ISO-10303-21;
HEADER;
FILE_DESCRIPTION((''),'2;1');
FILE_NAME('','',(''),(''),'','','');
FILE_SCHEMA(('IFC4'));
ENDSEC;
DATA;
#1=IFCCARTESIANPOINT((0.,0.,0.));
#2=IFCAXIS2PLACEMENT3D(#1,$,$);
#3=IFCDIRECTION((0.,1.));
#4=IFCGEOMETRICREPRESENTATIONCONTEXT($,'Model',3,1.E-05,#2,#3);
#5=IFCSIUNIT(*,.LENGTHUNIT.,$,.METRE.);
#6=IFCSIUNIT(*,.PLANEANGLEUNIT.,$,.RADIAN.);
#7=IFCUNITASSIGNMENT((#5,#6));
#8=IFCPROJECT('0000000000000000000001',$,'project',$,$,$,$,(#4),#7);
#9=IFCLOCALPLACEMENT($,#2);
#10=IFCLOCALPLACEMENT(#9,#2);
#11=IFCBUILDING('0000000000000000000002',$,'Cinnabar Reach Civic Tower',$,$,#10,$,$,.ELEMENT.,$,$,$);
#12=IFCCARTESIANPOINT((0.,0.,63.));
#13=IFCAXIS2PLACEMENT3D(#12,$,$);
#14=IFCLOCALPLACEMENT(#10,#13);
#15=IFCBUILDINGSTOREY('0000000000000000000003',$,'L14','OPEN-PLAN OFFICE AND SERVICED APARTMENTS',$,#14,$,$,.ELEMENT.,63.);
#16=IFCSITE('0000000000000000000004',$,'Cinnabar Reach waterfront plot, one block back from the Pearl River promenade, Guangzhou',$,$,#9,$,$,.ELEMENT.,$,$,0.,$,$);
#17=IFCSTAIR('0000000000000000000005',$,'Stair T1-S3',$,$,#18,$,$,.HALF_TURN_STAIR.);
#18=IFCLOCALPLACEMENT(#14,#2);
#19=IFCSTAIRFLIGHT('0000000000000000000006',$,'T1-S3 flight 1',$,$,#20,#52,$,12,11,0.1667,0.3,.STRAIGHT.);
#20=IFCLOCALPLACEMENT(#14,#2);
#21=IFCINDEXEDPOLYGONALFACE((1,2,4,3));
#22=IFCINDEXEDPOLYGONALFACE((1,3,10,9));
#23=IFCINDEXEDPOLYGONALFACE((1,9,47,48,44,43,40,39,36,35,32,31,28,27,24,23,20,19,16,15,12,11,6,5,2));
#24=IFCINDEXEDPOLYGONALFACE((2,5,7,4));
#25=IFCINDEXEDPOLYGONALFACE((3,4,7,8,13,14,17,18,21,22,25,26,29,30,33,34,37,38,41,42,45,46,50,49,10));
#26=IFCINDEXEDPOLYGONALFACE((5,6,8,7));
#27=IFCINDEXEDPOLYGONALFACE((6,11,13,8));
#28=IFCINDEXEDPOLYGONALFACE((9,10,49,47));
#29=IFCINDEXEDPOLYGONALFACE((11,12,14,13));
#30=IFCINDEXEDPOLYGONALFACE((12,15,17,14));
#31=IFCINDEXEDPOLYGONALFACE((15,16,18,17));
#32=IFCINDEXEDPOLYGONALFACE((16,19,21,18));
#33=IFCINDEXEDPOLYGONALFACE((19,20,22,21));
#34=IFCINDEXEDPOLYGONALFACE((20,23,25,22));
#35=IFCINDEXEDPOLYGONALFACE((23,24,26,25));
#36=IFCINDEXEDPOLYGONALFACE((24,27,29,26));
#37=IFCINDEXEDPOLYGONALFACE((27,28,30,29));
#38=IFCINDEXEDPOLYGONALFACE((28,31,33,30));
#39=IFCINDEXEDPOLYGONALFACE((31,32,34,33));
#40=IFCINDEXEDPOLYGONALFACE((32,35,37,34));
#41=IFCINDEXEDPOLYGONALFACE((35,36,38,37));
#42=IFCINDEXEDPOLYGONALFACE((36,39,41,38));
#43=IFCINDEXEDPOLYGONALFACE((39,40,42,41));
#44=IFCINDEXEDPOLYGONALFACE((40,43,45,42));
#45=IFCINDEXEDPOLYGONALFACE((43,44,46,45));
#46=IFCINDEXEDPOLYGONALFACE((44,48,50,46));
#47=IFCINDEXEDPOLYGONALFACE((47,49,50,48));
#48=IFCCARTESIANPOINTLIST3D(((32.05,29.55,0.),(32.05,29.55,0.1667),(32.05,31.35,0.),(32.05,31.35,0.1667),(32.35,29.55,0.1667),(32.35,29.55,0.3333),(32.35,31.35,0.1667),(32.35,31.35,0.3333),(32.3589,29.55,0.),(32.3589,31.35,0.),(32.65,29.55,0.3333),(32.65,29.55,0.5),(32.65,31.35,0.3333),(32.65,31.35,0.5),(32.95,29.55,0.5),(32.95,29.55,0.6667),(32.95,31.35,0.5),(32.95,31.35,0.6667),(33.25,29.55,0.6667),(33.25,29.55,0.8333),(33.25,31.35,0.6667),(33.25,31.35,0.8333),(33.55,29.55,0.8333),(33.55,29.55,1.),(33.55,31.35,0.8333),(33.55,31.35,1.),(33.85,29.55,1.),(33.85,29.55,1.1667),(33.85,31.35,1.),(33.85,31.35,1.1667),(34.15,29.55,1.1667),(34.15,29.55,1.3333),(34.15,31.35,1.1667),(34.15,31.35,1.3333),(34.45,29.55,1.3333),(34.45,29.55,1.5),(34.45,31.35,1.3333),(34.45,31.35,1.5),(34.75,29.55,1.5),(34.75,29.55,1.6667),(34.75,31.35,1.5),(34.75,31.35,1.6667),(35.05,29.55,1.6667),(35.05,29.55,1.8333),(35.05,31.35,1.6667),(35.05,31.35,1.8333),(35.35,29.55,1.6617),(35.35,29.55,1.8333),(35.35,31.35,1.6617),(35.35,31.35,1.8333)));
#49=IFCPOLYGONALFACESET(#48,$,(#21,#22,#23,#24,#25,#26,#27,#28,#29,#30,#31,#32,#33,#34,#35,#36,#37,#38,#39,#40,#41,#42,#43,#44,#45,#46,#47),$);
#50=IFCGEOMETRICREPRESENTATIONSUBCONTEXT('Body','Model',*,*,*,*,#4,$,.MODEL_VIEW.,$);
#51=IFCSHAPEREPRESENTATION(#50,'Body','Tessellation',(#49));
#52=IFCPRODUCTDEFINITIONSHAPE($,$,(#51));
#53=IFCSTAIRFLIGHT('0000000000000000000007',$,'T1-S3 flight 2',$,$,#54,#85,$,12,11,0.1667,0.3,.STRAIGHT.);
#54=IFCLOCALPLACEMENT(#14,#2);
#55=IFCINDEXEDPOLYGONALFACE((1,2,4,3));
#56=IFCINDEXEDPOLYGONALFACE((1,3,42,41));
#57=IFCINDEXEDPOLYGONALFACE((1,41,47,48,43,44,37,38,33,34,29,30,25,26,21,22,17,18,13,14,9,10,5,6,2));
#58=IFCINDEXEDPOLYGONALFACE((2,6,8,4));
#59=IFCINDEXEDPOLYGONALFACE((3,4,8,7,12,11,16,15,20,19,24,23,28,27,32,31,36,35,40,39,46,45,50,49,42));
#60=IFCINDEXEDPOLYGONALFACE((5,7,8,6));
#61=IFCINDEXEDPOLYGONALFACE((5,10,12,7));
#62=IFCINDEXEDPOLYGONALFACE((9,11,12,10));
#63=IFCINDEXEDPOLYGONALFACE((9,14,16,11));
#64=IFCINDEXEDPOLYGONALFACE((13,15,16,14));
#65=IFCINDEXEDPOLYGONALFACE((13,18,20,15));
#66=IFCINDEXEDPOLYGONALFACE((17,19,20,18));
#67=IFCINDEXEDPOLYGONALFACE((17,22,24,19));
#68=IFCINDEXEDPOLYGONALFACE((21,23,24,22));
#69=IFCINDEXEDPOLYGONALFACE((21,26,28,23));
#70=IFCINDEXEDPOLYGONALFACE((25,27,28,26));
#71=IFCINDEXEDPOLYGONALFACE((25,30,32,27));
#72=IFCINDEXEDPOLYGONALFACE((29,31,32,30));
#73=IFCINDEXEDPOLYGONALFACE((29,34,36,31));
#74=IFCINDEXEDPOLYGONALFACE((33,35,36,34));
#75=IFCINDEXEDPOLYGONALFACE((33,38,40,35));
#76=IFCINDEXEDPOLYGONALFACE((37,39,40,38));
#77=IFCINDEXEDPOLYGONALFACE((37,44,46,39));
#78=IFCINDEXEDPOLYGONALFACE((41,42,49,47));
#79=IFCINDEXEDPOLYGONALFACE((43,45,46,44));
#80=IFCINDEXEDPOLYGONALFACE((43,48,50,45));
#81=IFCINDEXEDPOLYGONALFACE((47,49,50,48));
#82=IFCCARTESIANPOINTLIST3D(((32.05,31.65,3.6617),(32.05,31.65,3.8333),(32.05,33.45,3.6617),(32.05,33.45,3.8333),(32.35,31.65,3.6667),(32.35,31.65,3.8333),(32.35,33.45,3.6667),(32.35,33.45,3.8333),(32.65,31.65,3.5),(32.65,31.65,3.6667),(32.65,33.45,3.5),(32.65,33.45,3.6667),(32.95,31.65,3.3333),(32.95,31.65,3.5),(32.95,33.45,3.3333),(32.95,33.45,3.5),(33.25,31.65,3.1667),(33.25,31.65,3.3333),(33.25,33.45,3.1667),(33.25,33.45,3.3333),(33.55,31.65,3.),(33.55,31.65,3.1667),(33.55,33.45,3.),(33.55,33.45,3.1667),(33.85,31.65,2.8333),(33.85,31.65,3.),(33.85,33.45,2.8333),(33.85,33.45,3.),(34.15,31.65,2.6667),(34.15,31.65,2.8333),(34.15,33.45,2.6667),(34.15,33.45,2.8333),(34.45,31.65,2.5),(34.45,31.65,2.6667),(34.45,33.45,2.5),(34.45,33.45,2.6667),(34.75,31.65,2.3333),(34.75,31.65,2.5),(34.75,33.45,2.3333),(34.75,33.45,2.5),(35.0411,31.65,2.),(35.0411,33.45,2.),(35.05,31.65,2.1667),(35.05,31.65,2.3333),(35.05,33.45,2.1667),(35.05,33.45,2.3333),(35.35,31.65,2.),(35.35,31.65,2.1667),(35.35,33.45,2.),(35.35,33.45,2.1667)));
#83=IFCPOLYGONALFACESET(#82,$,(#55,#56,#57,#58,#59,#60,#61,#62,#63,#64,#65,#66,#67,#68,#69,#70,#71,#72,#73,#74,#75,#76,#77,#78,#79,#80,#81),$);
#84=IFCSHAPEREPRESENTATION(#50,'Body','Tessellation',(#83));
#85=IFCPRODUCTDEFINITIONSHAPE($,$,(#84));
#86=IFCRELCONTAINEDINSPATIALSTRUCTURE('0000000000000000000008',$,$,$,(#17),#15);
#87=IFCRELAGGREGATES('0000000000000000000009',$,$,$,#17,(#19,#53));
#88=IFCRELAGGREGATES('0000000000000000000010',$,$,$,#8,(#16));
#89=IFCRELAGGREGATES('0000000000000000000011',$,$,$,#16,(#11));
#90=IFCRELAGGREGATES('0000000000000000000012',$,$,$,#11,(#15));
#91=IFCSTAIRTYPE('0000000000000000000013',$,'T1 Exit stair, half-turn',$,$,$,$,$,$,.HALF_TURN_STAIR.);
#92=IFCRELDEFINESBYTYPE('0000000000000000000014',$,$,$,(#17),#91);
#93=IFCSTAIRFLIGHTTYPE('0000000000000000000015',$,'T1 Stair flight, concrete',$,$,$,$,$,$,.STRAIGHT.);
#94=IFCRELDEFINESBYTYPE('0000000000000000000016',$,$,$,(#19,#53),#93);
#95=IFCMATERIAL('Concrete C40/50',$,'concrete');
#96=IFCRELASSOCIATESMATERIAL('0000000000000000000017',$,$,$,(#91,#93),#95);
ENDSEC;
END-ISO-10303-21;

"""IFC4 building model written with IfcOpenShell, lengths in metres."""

from ifc_helpers import new_model, si_unit, direction, frame, origin, place, context, subcontext, project, spatial, polyline, outline, extrude, material, type_object, element, aggregate, save


model = new_model("IFC4")

# Units and contexts
model_context = context("Model", 3, precision=1e-05, world=origin(), true_north=direction((0.0, 1.0)))
body_context = subcontext(model_context, "Body", "Model", "MODEL_VIEW")
ifc_project = project(units=[si_unit("LENGTHUNIT", "METRE"), si_unit("PLANEANGLEUNIT", "RADIAN")], contexts=[model_context])

# Site, building, storey
site_placement = place(None, origin())
site = spatial("IfcSite", under=ifc_project, at=site_placement, Name="Cinnabar Reach waterfront plot, one block back from the Pearl River promenade, Guangzhou", CompositionType="ELEMENT", RefElevation=0.0)
building_placement = place(site_placement, origin())
building = spatial("IfcBuilding", under=site, at=building_placement, Name="Cinnabar Reach Civic Tower", CompositionType="ELEMENT")
storey_placement = place(building_placement, frame((0.0, 0.0, 63.0)))
storey = spatial("IfcBuildingStorey", under=building, at=storey_placement, Name="L14", Description="OPEN-PLAN OFFICE AND SERVICED APARTMENTS", CompositionType="ELEMENT", Elevation=63.0)

# Stair, stair flights
ifc_material_1 = material(Name="Concrete C40/50", Category="concrete")
stair_type = type_object("IfcStairType", Name="T1 Exit stair, half-turn", PredefinedType="HALF_TURN_STAIR", material=ifc_material_1)
stair_placement = place(storey_placement, origin())
stair = element("IfcStair", 1, at=stair_placement, inside=storey, type_object=stair_type, Name="Stair T1-S3", PredefinedType="HALF_TURN_STAIR")
stair_flight_type = type_object("IfcStairFlightType", Name="T1 Stair flight, concrete", PredefinedType="STRAIGHT", material=ifc_material_1)
stair_flight_1_placement = place(storey_placement, frame((32.05, 30.45, 0.0), z_axis=(0.0, 0.0, 1.0), x_axis=(1.0, 0.0, 0.0)))
stair_flight_1 = element("IfcStairFlight", 2, at=stair_flight_1_placement, type_object=stair_flight_type, Name="T1-S3 flight 1", NumberOfRisers=12, NumberOfTreads=11, PredefinedType="STRAIGHT", RiserHeight=0.1667, TreadLength=0.3, context=body_context, shape_type="SweptSolid", body=[
    extrude(outline(polyline([(0.0, 0.0), (0.0, 0.1667), (0.3, 0.1667), (0.3, 0.3333), (0.6, 0.3333), (0.6, 0.5), (0.9, 0.5), (0.9, 0.6667), (1.2, 0.6667), (1.2, 0.8333), (1.5, 0.8333), (1.5, 1.0), (1.8, 1.0), (1.8, 1.1667), (2.1, 1.1667), (2.1, 1.3333), (2.4, 1.3333), (2.4, 1.5), (2.7, 1.5), (2.7, 1.6667), (3.0, 1.6667), (3.0, 1.8333), (3.3, 1.8333), (3.3, 2.0), (3.3, 1.6617), (0.3089, 0.0), (0.0, 0.0)])), frame((0.0, 0.9, 0.0), z_axis=(0.0, -1.0, 0.0), x_axis=(1.0, 0.0, 0.0)), (0.0, 0.0, 1.0), 1.8),
])
stair_flight_2_placement = place(storey_placement, frame((35.35, 32.55, 2.0), z_axis=(0.0, 0.0, 1.0), x_axis=(-1.0, 0.0, 0.0)))
stair_flight_2 = element("IfcStairFlight", 3, at=stair_flight_2_placement, type_object=stair_flight_type, Name="T1-S3 flight 2", NumberOfRisers=12, NumberOfTreads=11, PredefinedType="STRAIGHT", RiserHeight=0.1667, TreadLength=0.3, context=body_context, shape_type="SweptSolid", body=[
    extrude(outline(polyline([(0.0, 0.0), (0.0, 0.1667), (0.3, 0.1667), (0.3, 0.3333), (0.6, 0.3333), (0.6, 0.5), (0.9, 0.5), (0.9, 0.6667), (1.2, 0.6667), (1.2, 0.8333), (1.5, 0.8333), (1.5, 1.0), (1.8, 1.0), (1.8, 1.1667), (2.1, 1.1667), (2.1, 1.3333), (2.4, 1.3333), (2.4, 1.5), (2.7, 1.5), (2.7, 1.6667), (3.0, 1.6667), (3.0, 1.8333), (3.3, 1.8333), (3.3, 2.0), (3.3, 1.6617), (0.3089, 0.0), (0.0, 0.0)])), frame((0.0, 0.9, 0.0), z_axis=(0.0, -1.0, 0.0), x_axis=(1.0, 0.0, 0.0)), (0.0, 0.0, 1.0), 1.8),
])
aggregate(stair, [stair_flight_1, stair_flight_2])

save(model, "model.ifc")
